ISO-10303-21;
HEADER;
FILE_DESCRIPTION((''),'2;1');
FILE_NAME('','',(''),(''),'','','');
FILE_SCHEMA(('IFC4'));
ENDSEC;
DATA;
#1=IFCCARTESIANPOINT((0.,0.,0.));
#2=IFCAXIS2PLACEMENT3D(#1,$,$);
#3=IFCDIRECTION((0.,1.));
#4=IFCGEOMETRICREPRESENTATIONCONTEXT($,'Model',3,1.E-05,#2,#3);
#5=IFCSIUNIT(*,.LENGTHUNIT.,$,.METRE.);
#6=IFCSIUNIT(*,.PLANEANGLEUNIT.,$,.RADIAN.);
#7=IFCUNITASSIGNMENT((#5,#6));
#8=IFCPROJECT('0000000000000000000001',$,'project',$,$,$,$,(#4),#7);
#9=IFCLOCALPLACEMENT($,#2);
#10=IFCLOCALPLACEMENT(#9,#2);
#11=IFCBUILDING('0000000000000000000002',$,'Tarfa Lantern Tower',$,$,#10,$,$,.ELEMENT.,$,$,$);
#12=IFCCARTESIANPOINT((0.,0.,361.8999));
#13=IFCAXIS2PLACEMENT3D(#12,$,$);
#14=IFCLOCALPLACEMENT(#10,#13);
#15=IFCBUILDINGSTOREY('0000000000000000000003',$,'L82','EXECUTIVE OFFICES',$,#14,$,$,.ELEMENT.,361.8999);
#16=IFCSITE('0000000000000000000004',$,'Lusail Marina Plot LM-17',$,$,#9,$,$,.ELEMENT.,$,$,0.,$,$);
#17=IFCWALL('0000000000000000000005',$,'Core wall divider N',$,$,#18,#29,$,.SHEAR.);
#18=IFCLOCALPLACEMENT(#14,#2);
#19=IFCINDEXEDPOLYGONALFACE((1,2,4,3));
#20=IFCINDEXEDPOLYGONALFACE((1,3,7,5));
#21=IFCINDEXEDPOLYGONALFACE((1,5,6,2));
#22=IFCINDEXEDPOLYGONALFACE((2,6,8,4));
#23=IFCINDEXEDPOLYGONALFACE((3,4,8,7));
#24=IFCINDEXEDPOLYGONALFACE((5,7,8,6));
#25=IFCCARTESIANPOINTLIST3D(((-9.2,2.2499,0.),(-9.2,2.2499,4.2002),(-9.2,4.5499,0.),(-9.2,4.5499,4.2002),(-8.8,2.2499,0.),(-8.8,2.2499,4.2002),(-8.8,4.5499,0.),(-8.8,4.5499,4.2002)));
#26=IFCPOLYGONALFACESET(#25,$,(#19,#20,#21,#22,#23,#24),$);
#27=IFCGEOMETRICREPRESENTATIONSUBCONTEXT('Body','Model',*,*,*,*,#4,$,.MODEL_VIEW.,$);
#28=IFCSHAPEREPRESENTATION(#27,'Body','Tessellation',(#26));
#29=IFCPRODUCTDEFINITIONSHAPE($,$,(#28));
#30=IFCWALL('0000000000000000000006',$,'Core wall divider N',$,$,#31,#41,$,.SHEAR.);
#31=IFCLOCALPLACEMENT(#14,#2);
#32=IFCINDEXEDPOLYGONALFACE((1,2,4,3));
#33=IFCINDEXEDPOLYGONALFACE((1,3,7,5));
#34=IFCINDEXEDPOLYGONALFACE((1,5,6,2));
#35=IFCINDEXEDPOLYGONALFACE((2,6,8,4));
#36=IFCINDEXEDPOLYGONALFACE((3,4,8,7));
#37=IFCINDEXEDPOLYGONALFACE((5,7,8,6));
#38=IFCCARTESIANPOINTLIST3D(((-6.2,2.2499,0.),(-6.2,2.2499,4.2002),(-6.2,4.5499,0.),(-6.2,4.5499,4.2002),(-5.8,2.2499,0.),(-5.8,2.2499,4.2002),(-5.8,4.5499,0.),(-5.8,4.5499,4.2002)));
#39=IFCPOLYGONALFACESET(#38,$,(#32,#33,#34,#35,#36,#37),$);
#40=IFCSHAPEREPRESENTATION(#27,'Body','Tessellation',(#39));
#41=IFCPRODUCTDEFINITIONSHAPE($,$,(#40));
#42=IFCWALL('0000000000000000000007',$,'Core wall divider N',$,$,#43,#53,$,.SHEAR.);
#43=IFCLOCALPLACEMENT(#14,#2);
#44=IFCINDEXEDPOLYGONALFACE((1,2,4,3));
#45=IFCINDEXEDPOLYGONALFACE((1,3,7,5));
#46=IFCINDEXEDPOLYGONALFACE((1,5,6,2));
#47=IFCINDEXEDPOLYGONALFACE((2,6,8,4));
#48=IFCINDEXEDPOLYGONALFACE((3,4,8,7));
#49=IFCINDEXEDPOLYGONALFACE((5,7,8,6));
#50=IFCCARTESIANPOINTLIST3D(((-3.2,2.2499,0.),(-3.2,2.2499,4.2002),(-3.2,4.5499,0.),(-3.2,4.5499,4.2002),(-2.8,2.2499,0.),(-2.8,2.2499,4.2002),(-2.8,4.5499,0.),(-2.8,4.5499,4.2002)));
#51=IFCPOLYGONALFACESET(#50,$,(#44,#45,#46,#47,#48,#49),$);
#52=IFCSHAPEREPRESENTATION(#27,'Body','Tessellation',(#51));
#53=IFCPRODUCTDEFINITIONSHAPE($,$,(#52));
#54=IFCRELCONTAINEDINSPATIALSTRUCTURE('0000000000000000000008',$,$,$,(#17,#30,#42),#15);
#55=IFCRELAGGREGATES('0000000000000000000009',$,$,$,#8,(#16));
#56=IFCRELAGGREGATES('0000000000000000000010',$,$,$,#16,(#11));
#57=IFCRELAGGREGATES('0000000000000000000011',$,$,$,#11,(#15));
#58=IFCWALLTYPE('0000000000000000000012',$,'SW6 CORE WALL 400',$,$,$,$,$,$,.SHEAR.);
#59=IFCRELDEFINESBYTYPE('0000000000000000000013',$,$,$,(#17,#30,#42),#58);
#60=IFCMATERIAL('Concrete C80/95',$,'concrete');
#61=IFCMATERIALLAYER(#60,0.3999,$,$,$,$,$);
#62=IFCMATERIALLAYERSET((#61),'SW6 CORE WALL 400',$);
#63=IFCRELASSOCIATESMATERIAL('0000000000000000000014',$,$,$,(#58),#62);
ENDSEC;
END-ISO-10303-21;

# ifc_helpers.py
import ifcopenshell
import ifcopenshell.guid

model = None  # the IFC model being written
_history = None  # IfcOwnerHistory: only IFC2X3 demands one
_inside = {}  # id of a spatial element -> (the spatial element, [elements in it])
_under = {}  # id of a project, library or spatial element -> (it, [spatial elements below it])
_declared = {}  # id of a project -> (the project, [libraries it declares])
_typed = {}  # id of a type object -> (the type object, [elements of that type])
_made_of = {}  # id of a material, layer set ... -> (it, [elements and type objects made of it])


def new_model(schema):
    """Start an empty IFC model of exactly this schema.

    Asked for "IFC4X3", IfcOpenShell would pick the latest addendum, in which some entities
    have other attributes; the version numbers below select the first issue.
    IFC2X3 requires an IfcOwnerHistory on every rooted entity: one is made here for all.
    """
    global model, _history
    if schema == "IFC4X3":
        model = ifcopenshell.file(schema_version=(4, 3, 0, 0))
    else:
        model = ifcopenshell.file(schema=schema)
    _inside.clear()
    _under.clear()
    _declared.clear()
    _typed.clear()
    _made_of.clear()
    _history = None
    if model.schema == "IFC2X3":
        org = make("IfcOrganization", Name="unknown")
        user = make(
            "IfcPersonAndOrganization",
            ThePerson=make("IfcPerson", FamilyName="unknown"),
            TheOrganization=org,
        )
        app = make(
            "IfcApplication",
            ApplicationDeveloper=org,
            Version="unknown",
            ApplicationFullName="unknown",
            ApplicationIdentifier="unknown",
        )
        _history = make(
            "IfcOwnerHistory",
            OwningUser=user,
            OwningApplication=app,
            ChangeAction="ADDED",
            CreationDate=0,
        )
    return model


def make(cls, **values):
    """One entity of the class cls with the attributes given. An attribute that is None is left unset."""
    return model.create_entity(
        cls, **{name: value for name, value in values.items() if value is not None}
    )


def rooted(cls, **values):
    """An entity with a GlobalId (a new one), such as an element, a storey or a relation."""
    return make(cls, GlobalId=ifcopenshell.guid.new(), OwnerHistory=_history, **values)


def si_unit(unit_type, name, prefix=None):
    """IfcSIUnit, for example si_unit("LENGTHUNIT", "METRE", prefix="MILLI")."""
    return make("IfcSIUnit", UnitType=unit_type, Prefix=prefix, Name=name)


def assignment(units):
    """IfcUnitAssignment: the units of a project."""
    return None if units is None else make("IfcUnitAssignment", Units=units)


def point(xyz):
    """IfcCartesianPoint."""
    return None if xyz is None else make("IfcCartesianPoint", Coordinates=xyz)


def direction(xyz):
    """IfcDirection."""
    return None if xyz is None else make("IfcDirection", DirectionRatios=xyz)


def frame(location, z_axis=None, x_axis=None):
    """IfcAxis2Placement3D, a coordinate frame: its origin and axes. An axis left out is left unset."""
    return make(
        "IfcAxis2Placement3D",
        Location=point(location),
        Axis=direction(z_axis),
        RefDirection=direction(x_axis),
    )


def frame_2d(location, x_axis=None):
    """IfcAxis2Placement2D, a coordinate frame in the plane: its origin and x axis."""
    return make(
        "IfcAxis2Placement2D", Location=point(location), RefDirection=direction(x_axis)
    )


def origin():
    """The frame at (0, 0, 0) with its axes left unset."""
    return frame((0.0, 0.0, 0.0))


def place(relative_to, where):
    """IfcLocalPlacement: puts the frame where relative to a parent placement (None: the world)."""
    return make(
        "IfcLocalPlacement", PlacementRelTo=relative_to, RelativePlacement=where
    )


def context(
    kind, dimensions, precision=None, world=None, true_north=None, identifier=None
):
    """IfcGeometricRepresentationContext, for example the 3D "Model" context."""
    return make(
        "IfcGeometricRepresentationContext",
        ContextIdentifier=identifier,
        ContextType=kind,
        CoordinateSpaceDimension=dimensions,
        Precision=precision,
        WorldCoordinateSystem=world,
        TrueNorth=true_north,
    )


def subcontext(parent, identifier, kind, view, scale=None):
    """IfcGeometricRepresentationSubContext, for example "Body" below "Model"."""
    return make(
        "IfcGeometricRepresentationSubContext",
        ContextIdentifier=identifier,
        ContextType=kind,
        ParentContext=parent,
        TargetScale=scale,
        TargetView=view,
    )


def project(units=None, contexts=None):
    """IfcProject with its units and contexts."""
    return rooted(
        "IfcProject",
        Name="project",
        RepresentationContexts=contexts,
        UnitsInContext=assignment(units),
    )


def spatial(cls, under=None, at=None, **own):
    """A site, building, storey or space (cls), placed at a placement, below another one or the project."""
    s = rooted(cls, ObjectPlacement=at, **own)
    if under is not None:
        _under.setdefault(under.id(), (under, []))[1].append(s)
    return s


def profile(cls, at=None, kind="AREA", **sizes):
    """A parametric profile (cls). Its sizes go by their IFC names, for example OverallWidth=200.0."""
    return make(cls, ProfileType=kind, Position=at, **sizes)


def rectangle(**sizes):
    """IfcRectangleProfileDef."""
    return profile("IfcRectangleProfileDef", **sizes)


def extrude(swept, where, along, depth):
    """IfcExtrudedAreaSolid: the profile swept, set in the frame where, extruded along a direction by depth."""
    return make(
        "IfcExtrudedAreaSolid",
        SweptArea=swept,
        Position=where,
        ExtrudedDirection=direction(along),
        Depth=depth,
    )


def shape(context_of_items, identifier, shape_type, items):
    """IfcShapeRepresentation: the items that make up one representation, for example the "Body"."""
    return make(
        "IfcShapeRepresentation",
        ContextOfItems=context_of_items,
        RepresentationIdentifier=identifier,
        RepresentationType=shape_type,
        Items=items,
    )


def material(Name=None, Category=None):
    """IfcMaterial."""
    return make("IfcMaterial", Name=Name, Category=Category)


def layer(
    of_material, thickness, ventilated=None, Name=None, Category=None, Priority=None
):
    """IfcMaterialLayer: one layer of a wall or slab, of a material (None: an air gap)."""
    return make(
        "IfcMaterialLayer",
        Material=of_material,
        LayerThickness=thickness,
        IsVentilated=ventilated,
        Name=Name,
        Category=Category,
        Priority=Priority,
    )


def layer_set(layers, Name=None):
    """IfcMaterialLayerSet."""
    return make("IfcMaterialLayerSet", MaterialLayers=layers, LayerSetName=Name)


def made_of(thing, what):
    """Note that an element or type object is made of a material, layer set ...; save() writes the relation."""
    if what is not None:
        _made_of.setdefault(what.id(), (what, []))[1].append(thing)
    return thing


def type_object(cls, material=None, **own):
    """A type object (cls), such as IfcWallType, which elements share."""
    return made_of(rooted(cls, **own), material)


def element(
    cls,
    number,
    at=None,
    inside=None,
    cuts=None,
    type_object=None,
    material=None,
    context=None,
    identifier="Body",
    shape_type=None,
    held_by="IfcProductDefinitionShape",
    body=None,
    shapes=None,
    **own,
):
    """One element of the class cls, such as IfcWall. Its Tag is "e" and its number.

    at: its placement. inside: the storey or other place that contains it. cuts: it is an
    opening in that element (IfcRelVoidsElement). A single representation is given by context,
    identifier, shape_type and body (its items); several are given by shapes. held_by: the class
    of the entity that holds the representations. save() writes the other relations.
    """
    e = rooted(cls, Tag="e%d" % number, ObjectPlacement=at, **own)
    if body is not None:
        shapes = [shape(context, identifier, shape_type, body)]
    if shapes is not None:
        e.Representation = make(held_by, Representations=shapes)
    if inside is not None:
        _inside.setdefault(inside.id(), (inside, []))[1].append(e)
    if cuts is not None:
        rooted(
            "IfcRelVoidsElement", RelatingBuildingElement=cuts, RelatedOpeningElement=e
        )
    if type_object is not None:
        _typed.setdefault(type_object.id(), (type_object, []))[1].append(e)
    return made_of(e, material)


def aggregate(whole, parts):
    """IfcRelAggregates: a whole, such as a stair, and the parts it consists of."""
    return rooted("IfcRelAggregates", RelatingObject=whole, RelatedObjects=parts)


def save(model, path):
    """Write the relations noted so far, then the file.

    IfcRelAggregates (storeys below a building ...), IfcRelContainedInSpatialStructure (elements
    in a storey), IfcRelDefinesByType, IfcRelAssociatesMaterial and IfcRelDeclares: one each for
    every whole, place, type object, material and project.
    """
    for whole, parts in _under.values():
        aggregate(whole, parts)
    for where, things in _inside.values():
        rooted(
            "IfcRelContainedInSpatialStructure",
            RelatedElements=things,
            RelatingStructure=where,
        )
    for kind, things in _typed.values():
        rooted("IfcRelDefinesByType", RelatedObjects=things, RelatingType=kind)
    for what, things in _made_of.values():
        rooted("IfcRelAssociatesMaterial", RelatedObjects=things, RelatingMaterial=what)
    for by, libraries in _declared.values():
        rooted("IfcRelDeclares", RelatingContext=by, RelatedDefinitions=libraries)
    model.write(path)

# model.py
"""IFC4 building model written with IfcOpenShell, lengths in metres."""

from ifc_helpers import new_model, si_unit, direction, frame, frame_2d, origin, place, context, subcontext, project, spatial, rectangle, extrude, material, layer, layer_set, type_object, element, save


model = new_model("IFC4")

# Units and contexts
model_context = context("Model", 3, precision=1e-05, world=origin(), true_north=direction((0.0, 1.0)))
body_context = subcontext(model_context, "Body", "Model", "MODEL_VIEW")
ifc_project = project(units=[si_unit("LENGTHUNIT", "METRE"), si_unit("PLANEANGLEUNIT", "RADIAN")], contexts=[model_context])

# Site, building, storey
site_placement = place(None, origin())
site = spatial("IfcSite", under=ifc_project, at=site_placement, Name="Lusail Marina Plot LM-17", CompositionType="ELEMENT", RefElevation=0.0)
building_placement = place(site_placement, origin())
building = spatial("IfcBuilding", under=site, at=building_placement, Name="Tarfa Lantern Tower", CompositionType="ELEMENT")
storey_placement = place(building_placement, frame((0.0, 0.0, 361.8999)))
storey = spatial("IfcBuildingStorey", under=building, at=storey_placement, Name="L82", Description="EXECUTIVE OFFICES", CompositionType="ELEMENT", Elevation=361.8999)

# Shared definitions
ifc_material_1 = material(Name="Concrete C80/95", Category="concrete")

# Walls
ifc_layer_1 = layer(ifc_material_1, 0.3999)
ifc_layer_set_1 = layer_set([ifc_layer_1], Name="SW6 CORE WALL 400")
wall_type_1 = type_object("IfcWallType", Name="SW6 CORE WALL 400", PredefinedType="SHEAR", material=ifc_layer_set_1)
for number, where, z_axis, x_axis, name in (
    (1, (-9.0, 2.25, 0.0), (0.0, 0.0, 1.0), (0.0, 1.0, 0.0), "Core wall divider N"),
    (2, (-6.0, 2.25, 0.0), (0.0, 0.0, 1.0), (0.0, 1.0, 0.0), "Core wall divider N"),
    (3, (-3.0, 2.25, 0.0), (0.0, 0.0, 1.0), (0.0, 1.0, 0.0), "Core wall divider N"),
):
    element("IfcWall", number, at=place(storey_placement, frame(where, z_axis=z_axis, x_axis=x_axis)), inside=storey, type_object=wall_type_1, Name=name, PredefinedType="SHEAR", context=body_context, shape_type="SweptSolid", body=[
        extrude(rectangle(XDim=2.3, YDim=0.3999, at=frame_2d((1.1499, 0.0))), origin(), (0.0, 0.0, 1.0), 4.2002),
    ])

save(model, "model.ifc")
